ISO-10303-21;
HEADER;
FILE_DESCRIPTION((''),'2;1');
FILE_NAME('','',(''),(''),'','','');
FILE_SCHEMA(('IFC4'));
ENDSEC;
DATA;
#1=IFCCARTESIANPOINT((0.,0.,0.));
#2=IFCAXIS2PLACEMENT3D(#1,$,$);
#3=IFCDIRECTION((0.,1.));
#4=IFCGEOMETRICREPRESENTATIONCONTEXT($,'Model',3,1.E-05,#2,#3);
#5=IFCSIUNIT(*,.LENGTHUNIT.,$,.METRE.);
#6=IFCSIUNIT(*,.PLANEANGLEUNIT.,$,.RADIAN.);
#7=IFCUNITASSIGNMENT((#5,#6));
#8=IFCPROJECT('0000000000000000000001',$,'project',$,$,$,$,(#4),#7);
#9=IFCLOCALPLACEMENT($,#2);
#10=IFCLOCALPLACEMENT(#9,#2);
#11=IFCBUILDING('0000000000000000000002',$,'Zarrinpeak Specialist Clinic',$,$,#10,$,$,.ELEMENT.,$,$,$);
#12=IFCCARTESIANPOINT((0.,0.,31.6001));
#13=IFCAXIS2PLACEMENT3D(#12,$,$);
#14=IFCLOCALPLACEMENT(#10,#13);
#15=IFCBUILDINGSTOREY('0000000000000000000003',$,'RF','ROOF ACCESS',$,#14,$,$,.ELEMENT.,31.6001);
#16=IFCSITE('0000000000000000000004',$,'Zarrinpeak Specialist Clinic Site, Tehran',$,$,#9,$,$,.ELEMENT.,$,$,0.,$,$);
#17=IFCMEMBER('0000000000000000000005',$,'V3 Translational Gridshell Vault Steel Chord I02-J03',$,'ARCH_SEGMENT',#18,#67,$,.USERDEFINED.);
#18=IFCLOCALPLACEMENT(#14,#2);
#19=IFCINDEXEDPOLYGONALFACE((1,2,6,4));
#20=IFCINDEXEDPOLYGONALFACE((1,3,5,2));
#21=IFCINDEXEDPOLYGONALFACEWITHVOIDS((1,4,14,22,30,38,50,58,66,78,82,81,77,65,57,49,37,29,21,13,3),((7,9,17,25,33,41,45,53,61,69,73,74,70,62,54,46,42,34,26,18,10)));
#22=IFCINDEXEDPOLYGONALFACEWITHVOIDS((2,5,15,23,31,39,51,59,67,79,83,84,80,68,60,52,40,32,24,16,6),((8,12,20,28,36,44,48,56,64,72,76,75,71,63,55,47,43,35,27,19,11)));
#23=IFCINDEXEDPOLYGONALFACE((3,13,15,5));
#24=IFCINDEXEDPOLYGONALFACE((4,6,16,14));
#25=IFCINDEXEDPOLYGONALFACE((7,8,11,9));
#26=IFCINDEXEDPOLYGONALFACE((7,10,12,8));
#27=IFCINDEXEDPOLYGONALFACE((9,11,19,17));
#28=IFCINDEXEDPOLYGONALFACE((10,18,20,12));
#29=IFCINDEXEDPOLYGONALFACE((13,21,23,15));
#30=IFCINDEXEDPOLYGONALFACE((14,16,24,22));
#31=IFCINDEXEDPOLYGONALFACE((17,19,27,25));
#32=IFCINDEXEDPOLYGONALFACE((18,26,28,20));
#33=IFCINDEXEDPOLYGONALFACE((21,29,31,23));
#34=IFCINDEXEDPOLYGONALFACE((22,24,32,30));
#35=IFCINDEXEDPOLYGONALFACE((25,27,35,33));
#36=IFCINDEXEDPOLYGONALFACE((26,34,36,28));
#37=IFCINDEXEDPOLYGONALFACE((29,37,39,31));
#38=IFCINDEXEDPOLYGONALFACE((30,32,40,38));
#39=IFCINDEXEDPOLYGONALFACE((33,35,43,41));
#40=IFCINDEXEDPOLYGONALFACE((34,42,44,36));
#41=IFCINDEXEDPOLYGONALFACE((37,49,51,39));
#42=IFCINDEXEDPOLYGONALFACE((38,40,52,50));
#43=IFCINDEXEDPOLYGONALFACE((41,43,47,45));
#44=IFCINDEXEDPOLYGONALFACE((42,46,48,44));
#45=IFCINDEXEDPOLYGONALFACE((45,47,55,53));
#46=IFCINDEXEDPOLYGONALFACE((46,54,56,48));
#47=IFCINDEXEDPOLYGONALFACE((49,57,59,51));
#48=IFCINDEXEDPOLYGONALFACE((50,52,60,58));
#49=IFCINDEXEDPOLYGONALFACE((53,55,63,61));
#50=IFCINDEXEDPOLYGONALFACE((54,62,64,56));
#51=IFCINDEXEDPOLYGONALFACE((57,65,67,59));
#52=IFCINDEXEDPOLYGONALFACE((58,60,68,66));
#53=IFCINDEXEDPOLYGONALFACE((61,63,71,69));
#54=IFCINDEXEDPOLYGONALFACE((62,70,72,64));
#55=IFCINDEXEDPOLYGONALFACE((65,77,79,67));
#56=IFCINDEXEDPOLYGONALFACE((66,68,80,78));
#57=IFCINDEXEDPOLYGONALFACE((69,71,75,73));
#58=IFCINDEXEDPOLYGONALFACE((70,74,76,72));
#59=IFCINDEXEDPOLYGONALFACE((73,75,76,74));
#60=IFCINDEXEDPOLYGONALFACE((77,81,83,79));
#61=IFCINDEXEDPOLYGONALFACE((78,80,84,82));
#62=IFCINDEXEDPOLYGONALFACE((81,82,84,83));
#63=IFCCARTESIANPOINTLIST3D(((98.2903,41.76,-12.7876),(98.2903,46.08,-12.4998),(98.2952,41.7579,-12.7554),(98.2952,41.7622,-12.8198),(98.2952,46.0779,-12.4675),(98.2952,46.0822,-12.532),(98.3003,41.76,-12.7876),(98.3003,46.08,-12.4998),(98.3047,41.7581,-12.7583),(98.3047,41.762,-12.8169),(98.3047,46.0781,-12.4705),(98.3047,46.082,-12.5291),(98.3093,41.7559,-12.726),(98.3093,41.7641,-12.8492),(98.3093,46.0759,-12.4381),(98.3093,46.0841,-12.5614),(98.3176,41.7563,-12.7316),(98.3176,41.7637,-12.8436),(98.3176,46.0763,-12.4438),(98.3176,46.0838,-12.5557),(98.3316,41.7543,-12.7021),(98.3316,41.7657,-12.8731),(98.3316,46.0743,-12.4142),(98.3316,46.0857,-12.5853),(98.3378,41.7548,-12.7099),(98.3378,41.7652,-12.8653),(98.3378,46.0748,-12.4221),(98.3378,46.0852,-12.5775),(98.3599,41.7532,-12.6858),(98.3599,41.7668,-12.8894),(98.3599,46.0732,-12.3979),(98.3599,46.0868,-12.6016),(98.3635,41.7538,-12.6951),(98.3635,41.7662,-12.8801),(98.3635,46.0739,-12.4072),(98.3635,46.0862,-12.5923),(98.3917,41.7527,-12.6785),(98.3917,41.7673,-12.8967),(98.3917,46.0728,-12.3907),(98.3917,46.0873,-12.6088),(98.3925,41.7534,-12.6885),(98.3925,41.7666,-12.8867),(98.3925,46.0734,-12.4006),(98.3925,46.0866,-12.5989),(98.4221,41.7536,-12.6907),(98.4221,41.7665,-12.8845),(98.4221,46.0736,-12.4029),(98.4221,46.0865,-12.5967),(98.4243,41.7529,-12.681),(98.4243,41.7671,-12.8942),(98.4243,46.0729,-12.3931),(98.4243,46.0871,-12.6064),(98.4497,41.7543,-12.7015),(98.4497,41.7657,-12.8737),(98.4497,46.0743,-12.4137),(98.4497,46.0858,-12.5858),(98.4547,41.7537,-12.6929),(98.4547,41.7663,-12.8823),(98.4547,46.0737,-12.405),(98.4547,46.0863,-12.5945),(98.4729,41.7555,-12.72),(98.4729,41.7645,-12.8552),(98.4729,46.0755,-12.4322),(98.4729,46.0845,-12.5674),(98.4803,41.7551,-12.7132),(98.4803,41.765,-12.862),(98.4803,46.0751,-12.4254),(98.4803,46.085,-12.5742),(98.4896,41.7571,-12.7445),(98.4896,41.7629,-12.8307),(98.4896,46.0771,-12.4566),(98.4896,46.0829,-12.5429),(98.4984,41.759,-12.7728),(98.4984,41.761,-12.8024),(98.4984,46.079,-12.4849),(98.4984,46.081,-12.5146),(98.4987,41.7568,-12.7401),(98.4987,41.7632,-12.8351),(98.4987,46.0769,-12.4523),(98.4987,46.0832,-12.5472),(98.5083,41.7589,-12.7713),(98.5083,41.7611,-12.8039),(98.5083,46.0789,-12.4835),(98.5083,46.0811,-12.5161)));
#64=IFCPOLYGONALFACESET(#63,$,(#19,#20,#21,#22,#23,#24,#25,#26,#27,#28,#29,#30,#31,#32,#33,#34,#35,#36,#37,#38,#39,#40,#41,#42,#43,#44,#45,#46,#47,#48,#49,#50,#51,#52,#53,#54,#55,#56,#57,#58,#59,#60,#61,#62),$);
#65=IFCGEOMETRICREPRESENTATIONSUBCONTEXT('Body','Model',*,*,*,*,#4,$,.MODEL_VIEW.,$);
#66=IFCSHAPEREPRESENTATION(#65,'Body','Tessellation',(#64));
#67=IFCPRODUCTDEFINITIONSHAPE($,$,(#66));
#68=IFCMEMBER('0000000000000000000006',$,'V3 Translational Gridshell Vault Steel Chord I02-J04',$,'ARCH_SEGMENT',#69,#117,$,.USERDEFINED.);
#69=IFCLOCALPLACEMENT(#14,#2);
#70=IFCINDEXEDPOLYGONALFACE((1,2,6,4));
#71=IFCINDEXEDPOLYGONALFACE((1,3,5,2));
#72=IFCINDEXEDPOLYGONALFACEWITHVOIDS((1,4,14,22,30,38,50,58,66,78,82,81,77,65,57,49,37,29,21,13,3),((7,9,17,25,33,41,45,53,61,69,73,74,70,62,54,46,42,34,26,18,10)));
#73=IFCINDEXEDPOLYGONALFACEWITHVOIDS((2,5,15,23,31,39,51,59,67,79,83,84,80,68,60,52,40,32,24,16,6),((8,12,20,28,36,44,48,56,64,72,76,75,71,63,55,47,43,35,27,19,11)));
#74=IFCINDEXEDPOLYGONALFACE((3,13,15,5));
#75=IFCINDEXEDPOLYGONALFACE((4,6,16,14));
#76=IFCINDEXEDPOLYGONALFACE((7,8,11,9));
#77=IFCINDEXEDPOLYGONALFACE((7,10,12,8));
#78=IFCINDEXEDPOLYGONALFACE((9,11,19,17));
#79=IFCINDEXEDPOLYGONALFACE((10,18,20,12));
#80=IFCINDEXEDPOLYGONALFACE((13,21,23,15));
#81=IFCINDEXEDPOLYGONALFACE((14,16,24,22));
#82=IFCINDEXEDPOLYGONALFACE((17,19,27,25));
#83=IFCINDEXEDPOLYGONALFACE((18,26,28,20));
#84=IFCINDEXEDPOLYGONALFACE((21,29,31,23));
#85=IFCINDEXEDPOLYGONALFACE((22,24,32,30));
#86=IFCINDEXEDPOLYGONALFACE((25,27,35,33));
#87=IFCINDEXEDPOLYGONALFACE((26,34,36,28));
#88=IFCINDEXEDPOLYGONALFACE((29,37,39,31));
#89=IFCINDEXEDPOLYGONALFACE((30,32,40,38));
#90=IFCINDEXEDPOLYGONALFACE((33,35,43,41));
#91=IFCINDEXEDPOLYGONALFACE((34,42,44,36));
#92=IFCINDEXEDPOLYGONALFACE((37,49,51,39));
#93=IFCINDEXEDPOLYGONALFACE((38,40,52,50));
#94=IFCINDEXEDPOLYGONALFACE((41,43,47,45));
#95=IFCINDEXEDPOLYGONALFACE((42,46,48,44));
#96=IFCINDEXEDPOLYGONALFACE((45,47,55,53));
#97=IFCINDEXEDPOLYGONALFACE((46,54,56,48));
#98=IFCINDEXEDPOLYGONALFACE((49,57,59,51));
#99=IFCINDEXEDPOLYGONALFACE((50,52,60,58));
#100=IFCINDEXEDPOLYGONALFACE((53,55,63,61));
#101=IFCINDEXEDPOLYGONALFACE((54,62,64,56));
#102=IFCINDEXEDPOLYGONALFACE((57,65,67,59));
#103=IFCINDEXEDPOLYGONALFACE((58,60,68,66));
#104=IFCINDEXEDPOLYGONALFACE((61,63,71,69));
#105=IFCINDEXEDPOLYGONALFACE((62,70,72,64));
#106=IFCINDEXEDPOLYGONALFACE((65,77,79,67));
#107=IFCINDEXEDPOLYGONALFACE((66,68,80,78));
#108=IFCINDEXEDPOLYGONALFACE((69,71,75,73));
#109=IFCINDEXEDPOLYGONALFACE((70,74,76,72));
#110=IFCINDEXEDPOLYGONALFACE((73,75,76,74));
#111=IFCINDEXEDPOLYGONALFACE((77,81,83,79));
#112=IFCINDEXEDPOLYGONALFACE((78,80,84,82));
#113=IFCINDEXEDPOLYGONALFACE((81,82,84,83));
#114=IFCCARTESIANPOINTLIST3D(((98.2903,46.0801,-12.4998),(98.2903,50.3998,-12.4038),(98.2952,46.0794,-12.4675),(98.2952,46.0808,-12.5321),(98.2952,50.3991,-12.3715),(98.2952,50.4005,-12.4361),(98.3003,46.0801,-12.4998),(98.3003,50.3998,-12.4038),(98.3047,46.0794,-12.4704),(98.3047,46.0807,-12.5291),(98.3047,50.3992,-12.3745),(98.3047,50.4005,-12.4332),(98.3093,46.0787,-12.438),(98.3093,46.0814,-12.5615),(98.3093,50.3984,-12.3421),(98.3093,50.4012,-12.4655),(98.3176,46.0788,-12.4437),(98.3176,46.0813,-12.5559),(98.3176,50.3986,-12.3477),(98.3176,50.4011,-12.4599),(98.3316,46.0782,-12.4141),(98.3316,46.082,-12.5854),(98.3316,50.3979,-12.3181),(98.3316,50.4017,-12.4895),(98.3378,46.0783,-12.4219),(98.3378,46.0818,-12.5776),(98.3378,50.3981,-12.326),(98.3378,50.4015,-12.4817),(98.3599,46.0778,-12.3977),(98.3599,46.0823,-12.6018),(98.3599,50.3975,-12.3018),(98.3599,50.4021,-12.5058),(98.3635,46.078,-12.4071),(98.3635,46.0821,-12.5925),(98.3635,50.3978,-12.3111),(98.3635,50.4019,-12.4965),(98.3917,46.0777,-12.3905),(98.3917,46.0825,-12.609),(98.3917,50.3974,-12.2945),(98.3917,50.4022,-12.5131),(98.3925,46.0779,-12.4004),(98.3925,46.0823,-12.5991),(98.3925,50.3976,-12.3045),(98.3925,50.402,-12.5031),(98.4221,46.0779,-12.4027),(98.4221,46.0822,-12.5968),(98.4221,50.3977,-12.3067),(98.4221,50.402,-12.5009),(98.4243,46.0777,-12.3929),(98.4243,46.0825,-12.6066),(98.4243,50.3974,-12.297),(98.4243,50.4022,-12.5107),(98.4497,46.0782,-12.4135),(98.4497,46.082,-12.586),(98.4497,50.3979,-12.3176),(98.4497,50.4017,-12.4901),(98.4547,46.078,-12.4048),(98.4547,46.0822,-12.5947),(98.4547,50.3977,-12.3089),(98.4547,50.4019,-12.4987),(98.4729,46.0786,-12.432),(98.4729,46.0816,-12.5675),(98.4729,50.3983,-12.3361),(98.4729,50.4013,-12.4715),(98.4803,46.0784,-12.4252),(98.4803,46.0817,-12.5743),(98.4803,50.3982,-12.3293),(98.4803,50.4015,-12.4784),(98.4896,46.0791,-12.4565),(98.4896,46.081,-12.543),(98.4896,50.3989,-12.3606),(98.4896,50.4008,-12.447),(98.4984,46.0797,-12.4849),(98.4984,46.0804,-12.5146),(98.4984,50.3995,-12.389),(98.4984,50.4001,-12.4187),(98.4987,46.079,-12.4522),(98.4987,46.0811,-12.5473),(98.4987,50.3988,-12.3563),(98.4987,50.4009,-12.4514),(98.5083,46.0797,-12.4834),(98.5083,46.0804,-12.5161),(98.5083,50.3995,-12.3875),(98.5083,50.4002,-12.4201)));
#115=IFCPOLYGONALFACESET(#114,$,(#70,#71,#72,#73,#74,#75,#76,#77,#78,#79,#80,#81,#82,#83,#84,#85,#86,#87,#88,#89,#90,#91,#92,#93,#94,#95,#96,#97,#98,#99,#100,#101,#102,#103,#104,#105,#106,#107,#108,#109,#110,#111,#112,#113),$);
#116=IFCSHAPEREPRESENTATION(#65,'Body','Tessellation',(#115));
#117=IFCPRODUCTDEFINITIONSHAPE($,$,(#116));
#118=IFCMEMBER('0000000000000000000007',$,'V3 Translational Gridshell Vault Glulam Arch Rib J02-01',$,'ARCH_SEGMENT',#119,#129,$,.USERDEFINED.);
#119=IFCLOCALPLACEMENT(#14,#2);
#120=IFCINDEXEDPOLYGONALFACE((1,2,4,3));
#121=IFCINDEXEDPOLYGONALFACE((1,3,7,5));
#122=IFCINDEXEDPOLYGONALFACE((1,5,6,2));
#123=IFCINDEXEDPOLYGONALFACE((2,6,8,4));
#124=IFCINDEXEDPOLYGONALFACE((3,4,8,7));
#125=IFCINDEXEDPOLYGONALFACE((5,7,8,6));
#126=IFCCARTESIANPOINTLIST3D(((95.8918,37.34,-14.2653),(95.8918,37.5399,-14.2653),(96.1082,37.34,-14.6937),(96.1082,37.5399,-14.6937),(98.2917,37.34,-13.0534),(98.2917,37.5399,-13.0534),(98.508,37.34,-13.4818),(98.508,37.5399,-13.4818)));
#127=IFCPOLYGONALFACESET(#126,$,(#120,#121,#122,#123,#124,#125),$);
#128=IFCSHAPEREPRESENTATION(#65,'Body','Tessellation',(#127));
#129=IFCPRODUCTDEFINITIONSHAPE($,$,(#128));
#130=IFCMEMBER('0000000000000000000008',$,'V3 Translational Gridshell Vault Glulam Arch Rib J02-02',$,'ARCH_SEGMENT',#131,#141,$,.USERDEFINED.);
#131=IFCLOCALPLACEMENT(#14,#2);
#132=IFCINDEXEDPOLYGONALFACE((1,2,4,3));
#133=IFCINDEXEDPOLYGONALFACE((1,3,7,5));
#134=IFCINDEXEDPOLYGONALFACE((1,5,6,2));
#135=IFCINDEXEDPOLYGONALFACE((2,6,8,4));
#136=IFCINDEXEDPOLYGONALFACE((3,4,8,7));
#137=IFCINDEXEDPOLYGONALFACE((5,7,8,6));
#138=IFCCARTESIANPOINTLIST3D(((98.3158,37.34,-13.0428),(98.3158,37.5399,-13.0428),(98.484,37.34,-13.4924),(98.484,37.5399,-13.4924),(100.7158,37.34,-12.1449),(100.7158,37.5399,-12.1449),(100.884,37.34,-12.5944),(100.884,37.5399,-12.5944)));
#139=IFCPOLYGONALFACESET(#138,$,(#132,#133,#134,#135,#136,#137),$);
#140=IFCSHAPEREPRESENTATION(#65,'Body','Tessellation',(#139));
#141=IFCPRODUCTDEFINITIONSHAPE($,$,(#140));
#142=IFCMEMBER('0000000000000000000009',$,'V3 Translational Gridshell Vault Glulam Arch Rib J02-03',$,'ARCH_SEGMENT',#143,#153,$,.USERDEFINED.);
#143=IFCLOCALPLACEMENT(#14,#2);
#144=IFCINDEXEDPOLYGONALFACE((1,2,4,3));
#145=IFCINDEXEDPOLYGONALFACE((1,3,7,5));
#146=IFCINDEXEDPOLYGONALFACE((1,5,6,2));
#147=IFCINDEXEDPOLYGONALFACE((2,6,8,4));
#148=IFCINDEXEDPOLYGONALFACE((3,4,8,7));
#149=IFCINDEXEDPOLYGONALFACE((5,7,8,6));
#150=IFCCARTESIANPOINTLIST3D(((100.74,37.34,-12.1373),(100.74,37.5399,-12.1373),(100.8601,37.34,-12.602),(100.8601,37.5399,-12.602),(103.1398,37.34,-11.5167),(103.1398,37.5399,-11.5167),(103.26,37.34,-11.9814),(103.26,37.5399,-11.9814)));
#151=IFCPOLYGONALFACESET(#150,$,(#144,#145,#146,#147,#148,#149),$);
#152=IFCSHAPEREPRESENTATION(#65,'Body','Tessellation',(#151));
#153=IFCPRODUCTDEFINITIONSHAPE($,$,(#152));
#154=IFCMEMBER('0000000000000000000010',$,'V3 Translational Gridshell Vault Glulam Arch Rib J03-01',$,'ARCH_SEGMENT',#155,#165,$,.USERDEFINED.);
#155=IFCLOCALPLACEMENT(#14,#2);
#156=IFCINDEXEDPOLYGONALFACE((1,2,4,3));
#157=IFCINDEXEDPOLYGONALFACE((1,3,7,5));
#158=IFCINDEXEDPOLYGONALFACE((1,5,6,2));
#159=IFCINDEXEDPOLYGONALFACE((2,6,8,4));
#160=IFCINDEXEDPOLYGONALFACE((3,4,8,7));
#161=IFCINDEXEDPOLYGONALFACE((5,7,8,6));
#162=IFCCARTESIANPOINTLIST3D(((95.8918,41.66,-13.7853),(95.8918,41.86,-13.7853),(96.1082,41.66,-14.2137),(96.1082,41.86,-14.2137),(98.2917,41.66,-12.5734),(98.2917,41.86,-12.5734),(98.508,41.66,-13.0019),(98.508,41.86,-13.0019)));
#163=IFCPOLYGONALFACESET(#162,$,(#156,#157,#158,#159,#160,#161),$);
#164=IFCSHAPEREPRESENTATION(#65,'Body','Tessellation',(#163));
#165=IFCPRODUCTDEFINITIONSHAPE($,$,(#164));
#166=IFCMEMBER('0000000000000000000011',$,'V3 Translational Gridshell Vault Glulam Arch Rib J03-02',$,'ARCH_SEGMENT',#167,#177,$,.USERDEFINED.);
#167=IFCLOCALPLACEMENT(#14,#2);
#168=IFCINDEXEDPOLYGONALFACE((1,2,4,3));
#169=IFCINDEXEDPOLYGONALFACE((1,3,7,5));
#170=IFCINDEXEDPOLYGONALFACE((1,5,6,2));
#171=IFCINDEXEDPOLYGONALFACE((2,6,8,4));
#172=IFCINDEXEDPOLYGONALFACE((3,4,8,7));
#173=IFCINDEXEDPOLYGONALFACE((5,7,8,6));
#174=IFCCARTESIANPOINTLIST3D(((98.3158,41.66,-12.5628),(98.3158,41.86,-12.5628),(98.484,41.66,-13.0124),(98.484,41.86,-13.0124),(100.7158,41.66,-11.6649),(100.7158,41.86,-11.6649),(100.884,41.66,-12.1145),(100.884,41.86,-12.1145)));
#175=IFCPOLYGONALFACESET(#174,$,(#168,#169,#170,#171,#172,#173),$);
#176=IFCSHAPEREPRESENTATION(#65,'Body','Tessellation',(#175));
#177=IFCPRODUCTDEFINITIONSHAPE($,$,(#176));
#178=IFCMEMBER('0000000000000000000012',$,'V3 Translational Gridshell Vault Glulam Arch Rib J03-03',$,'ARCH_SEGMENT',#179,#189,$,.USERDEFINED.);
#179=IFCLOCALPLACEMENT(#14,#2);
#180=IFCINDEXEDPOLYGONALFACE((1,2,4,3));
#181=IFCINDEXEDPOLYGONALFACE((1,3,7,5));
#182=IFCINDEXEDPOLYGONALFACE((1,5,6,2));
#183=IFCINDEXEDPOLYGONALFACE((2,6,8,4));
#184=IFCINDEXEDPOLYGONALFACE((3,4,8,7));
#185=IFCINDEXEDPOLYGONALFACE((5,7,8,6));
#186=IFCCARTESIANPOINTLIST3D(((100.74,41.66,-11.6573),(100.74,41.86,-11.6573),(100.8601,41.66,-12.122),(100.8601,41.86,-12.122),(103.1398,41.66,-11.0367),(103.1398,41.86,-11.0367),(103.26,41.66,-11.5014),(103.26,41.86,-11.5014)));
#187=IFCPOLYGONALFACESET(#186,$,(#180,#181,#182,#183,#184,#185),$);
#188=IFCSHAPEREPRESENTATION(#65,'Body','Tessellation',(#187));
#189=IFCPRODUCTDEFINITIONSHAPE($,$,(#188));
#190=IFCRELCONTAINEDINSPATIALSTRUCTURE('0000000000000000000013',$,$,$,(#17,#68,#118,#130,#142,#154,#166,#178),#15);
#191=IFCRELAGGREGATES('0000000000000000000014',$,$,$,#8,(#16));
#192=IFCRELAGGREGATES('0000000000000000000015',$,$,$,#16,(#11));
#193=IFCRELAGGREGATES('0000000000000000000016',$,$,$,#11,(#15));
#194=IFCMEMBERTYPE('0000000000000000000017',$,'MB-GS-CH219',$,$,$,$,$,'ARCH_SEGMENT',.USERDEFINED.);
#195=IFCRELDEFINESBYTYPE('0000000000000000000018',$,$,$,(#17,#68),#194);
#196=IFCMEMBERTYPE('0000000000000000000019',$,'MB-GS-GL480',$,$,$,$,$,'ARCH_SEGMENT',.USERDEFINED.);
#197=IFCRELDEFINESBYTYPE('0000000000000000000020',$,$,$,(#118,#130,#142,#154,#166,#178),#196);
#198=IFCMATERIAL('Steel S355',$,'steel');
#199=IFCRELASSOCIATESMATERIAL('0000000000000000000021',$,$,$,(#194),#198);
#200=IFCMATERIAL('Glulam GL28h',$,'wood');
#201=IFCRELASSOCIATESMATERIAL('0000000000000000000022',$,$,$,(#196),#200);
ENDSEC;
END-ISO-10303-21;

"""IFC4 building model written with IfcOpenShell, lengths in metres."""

from ifc_helpers import new_model, si_unit, direction, frame, origin, origin_2d, place, context, subcontext, project, spatial, rectangle, hollow_circle, extrude, material, material_profile, profile_set, type_object, element, save


model = new_model("IFC4")

# Units and contexts
model_context = context("Model", 3, precision=1e-05, world=origin(), true_north=direction((0.0, 1.0)))
body_context = subcontext(model_context, "Body", "Model", "MODEL_VIEW")
ifc_project = project(units=[si_unit("LENGTHUNIT", "METRE"), si_unit("PLANEANGLEUNIT", "RADIAN")], contexts=[model_context])

# Site, building, storey
site_placement = place(None, origin())
site = spatial("IfcSite", under=ifc_project, at=site_placement, Name="Zarrinpeak Specialist Clinic Site, Tehran", CompositionType="ELEMENT", RefElevation=0.0)
building_placement = place(site_placement, origin())
building = spatial("IfcBuilding", under=site, at=building_placement, Name="Zarrinpeak Specialist Clinic", CompositionType="ELEMENT")
storey_placement = place(building_placement, frame((0.0, 0.0, 31.6001)))
storey = spatial("IfcBuildingStorey", under=building, at=storey_placement, Name="RF", Description="ROOF ACCESS", CompositionType="ELEMENT", Elevation=31.6001)

# Members
ifc_material_1 = material(Name="Steel S355", Category="steel")
ifc_material_profile_1 = material_profile(ifc_material_1, hollow_circle(Radius=0.1096, WallThickness=0.01, at=origin_2d()), Name="CHS 219.1x10.0")
ifc_profile_set_1 = profile_set([ifc_material_profile_1], Name="Steel S355")
member_type_1 = type_object("IfcMemberType", Name="MB-GS-CH219", ElementType="ARCH_SEGMENT", PredefinedType="USERDEFINED", material=ifc_profile_set_1)
member_1_placement = place(storey_placement, frame((98.3999, 41.76, -12.7876), z_axis=(0.0, 0.997788, 0.066482), x_axis=(-1.0, 0.0, 0.0)))
element("IfcMember", 1, at=member_1_placement, inside=storey, type_object=member_type_1, Name="V3 Translational Gridshell Vault Steel Chord I02-J03", ObjectType="ARCH_SEGMENT", PredefinedType="USERDEFINED", context=body_context, shape_type="SweptSolid", body=[
    extrude(hollow_circle(Radius=0.1096, WallThickness=0.01, at=origin_2d()), origin(), (0.0, 0.0, 1.0), 4.3296),
])
member_2_placement = place(storey_placement, frame((98.3999, 46.0801, -12.4998), z_axis=(0.0, 0.999753, 0.022205), x_axis=(-1.0, 0.0, 0.0)))
element("IfcMember", 2, at=member_2_placement, inside=storey, type_object=member_type_1, Name="V3 Translational Gridshell Vault Steel Chord I02-J04", ObjectType="ARCH_SEGMENT", PredefinedType="USERDEFINED", context=body_context, shape_type="SweptSolid", body=[
    extrude(hollow_circle(Radius=0.1096, WallThickness=0.01, at=origin_2d()), origin(), (0.0, 0.0, 1.0), 4.3208),
])
ifc_material_2 = material(Name="Glulam GL28h", Category="wood")
ifc_material_profile_2 = material_profile(ifc_material_2, rectangle(XDim=0.2, YDim=0.48, at=origin_2d()), Name="GL28h 200x480")
ifc_profile_set_2 = profile_set([ifc_material_profile_2], Name="Glulam GL28h")
member_type_2 = type_object("IfcMemberType", Name="MB-GS-GL480", ElementType="ARCH_SEGMENT", PredefinedType="USERDEFINED", material=ifc_profile_set_2)
member_3_placement = place(storey_placement, frame((96.0, 37.4399, -14.4795), z_axis=(0.89264, 0.0, 0.45077), x_axis=(0.0, 1.0, 0.0)))
element("IfcMember", 3, at=member_3_placement, inside=storey, type_object=member_type_2, Name="V3 Translational Gridshell Vault Glulam Arch Rib J02-01", ObjectType="ARCH_SEGMENT", PredefinedType="USERDEFINED", context=body_context, shape_type="SweptSolid", body=[
    extrude(rectangle(XDim=0.2, YDim=0.48, at=origin_2d()), origin(), (0.0, 0.0, 1.0), 2.6885),
])
member_4_placement = place(storey_placement, frame((98.3999, 37.4399, -13.2676), z_axis=(0.936599, 0.0, 0.350403), x_axis=(0.0, 1.0, 0.0)))
element("IfcMember", 4, at=member_4_placement, inside=storey, type_object=member_type_2, Name="V3 Translational Gridshell Vault Glulam Arch Rib J02-02", ObjectType="ARCH_SEGMENT", PredefinedType="USERDEFINED", context=body_context, shape_type="SweptSolid", body=[
    extrude(rectangle(XDim=0.2, YDim=0.48, at=origin_2d()), origin(), (0.0, 0.0, 1.0), 2.5625),
])
member_5_placement = place(storey_placement, frame((100.8, 37.4399, -12.3696), z_axis=(0.968153, 0.0, 0.250361), x_axis=(0.0, 1.0, 0.0)))
element("IfcMember", 5, at=member_5_placement, inside=storey, type_object=member_type_2, Name="V3 Translational Gridshell Vault Glulam Arch Rib J02-03", ObjectType="ARCH_SEGMENT", PredefinedType="USERDEFINED", context=body_context, shape_type="SweptSolid", body=[
    extrude(rectangle(XDim=0.2, YDim=0.48, at=origin_2d()), origin(), (0.0, 0.0, 1.0), 2.4788),
])
member_6_placement = place(storey_placement, frame((96.0, 41.76, -13.9995), z_axis=(0.89264, 0.0, 0.45077), x_axis=(0.0, 1.0, 0.0)))
element("IfcMember", 6, at=member_6_placement, inside=storey, type_object=member_type_2, Name="V3 Translational Gridshell Vault Glulam Arch Rib J03-01", ObjectType="ARCH_SEGMENT", PredefinedType="USERDEFINED", context=body_context, shape_type="SweptSolid", body=[
    extrude(rectangle(XDim=0.2, YDim=0.48, at=origin_2d()), origin(), (0.0, 0.0, 1.0), 2.6885),
])
member_7_placement = place(storey_placement, frame((98.3999, 41.76, -12.7876), z_axis=(0.936599, 0.0, 0.350403), x_axis=(0.0, 1.0, 0.0)))
element("IfcMember", 7, at=member_7_placement, inside=storey, type_object=member_type_2, Name="V3 Translational Gridshell Vault Glulam Arch Rib J03-02", ObjectType="ARCH_SEGMENT", PredefinedType="USERDEFINED", context=body_context, shape_type="SweptSolid", body=[
    extrude(rectangle(XDim=0.2, YDim=0.48, at=origin_2d()), origin(), (0.0, 0.0, 1.0), 2.5625),
])
member_8_placement = place(storey_placement, frame((100.8, 41.76, -11.8896), z_axis=(0.968153, 0.0, 0.250361), x_axis=(0.0, 1.0, 0.0)))
element("IfcMember", 8, at=member_8_placement, inside=storey, type_object=member_type_2, Name="V3 Translational Gridshell Vault Glulam Arch Rib J03-03", ObjectType="ARCH_SEGMENT", PredefinedType="USERDEFINED", context=body_context, shape_type="SweptSolid", body=[
    extrude(rectangle(XDim=0.2, YDim=0.48, at=origin_2d()), origin(), (0.0, 0.0, 1.0), 2.4788),
])

save(model, "model.ifc")
